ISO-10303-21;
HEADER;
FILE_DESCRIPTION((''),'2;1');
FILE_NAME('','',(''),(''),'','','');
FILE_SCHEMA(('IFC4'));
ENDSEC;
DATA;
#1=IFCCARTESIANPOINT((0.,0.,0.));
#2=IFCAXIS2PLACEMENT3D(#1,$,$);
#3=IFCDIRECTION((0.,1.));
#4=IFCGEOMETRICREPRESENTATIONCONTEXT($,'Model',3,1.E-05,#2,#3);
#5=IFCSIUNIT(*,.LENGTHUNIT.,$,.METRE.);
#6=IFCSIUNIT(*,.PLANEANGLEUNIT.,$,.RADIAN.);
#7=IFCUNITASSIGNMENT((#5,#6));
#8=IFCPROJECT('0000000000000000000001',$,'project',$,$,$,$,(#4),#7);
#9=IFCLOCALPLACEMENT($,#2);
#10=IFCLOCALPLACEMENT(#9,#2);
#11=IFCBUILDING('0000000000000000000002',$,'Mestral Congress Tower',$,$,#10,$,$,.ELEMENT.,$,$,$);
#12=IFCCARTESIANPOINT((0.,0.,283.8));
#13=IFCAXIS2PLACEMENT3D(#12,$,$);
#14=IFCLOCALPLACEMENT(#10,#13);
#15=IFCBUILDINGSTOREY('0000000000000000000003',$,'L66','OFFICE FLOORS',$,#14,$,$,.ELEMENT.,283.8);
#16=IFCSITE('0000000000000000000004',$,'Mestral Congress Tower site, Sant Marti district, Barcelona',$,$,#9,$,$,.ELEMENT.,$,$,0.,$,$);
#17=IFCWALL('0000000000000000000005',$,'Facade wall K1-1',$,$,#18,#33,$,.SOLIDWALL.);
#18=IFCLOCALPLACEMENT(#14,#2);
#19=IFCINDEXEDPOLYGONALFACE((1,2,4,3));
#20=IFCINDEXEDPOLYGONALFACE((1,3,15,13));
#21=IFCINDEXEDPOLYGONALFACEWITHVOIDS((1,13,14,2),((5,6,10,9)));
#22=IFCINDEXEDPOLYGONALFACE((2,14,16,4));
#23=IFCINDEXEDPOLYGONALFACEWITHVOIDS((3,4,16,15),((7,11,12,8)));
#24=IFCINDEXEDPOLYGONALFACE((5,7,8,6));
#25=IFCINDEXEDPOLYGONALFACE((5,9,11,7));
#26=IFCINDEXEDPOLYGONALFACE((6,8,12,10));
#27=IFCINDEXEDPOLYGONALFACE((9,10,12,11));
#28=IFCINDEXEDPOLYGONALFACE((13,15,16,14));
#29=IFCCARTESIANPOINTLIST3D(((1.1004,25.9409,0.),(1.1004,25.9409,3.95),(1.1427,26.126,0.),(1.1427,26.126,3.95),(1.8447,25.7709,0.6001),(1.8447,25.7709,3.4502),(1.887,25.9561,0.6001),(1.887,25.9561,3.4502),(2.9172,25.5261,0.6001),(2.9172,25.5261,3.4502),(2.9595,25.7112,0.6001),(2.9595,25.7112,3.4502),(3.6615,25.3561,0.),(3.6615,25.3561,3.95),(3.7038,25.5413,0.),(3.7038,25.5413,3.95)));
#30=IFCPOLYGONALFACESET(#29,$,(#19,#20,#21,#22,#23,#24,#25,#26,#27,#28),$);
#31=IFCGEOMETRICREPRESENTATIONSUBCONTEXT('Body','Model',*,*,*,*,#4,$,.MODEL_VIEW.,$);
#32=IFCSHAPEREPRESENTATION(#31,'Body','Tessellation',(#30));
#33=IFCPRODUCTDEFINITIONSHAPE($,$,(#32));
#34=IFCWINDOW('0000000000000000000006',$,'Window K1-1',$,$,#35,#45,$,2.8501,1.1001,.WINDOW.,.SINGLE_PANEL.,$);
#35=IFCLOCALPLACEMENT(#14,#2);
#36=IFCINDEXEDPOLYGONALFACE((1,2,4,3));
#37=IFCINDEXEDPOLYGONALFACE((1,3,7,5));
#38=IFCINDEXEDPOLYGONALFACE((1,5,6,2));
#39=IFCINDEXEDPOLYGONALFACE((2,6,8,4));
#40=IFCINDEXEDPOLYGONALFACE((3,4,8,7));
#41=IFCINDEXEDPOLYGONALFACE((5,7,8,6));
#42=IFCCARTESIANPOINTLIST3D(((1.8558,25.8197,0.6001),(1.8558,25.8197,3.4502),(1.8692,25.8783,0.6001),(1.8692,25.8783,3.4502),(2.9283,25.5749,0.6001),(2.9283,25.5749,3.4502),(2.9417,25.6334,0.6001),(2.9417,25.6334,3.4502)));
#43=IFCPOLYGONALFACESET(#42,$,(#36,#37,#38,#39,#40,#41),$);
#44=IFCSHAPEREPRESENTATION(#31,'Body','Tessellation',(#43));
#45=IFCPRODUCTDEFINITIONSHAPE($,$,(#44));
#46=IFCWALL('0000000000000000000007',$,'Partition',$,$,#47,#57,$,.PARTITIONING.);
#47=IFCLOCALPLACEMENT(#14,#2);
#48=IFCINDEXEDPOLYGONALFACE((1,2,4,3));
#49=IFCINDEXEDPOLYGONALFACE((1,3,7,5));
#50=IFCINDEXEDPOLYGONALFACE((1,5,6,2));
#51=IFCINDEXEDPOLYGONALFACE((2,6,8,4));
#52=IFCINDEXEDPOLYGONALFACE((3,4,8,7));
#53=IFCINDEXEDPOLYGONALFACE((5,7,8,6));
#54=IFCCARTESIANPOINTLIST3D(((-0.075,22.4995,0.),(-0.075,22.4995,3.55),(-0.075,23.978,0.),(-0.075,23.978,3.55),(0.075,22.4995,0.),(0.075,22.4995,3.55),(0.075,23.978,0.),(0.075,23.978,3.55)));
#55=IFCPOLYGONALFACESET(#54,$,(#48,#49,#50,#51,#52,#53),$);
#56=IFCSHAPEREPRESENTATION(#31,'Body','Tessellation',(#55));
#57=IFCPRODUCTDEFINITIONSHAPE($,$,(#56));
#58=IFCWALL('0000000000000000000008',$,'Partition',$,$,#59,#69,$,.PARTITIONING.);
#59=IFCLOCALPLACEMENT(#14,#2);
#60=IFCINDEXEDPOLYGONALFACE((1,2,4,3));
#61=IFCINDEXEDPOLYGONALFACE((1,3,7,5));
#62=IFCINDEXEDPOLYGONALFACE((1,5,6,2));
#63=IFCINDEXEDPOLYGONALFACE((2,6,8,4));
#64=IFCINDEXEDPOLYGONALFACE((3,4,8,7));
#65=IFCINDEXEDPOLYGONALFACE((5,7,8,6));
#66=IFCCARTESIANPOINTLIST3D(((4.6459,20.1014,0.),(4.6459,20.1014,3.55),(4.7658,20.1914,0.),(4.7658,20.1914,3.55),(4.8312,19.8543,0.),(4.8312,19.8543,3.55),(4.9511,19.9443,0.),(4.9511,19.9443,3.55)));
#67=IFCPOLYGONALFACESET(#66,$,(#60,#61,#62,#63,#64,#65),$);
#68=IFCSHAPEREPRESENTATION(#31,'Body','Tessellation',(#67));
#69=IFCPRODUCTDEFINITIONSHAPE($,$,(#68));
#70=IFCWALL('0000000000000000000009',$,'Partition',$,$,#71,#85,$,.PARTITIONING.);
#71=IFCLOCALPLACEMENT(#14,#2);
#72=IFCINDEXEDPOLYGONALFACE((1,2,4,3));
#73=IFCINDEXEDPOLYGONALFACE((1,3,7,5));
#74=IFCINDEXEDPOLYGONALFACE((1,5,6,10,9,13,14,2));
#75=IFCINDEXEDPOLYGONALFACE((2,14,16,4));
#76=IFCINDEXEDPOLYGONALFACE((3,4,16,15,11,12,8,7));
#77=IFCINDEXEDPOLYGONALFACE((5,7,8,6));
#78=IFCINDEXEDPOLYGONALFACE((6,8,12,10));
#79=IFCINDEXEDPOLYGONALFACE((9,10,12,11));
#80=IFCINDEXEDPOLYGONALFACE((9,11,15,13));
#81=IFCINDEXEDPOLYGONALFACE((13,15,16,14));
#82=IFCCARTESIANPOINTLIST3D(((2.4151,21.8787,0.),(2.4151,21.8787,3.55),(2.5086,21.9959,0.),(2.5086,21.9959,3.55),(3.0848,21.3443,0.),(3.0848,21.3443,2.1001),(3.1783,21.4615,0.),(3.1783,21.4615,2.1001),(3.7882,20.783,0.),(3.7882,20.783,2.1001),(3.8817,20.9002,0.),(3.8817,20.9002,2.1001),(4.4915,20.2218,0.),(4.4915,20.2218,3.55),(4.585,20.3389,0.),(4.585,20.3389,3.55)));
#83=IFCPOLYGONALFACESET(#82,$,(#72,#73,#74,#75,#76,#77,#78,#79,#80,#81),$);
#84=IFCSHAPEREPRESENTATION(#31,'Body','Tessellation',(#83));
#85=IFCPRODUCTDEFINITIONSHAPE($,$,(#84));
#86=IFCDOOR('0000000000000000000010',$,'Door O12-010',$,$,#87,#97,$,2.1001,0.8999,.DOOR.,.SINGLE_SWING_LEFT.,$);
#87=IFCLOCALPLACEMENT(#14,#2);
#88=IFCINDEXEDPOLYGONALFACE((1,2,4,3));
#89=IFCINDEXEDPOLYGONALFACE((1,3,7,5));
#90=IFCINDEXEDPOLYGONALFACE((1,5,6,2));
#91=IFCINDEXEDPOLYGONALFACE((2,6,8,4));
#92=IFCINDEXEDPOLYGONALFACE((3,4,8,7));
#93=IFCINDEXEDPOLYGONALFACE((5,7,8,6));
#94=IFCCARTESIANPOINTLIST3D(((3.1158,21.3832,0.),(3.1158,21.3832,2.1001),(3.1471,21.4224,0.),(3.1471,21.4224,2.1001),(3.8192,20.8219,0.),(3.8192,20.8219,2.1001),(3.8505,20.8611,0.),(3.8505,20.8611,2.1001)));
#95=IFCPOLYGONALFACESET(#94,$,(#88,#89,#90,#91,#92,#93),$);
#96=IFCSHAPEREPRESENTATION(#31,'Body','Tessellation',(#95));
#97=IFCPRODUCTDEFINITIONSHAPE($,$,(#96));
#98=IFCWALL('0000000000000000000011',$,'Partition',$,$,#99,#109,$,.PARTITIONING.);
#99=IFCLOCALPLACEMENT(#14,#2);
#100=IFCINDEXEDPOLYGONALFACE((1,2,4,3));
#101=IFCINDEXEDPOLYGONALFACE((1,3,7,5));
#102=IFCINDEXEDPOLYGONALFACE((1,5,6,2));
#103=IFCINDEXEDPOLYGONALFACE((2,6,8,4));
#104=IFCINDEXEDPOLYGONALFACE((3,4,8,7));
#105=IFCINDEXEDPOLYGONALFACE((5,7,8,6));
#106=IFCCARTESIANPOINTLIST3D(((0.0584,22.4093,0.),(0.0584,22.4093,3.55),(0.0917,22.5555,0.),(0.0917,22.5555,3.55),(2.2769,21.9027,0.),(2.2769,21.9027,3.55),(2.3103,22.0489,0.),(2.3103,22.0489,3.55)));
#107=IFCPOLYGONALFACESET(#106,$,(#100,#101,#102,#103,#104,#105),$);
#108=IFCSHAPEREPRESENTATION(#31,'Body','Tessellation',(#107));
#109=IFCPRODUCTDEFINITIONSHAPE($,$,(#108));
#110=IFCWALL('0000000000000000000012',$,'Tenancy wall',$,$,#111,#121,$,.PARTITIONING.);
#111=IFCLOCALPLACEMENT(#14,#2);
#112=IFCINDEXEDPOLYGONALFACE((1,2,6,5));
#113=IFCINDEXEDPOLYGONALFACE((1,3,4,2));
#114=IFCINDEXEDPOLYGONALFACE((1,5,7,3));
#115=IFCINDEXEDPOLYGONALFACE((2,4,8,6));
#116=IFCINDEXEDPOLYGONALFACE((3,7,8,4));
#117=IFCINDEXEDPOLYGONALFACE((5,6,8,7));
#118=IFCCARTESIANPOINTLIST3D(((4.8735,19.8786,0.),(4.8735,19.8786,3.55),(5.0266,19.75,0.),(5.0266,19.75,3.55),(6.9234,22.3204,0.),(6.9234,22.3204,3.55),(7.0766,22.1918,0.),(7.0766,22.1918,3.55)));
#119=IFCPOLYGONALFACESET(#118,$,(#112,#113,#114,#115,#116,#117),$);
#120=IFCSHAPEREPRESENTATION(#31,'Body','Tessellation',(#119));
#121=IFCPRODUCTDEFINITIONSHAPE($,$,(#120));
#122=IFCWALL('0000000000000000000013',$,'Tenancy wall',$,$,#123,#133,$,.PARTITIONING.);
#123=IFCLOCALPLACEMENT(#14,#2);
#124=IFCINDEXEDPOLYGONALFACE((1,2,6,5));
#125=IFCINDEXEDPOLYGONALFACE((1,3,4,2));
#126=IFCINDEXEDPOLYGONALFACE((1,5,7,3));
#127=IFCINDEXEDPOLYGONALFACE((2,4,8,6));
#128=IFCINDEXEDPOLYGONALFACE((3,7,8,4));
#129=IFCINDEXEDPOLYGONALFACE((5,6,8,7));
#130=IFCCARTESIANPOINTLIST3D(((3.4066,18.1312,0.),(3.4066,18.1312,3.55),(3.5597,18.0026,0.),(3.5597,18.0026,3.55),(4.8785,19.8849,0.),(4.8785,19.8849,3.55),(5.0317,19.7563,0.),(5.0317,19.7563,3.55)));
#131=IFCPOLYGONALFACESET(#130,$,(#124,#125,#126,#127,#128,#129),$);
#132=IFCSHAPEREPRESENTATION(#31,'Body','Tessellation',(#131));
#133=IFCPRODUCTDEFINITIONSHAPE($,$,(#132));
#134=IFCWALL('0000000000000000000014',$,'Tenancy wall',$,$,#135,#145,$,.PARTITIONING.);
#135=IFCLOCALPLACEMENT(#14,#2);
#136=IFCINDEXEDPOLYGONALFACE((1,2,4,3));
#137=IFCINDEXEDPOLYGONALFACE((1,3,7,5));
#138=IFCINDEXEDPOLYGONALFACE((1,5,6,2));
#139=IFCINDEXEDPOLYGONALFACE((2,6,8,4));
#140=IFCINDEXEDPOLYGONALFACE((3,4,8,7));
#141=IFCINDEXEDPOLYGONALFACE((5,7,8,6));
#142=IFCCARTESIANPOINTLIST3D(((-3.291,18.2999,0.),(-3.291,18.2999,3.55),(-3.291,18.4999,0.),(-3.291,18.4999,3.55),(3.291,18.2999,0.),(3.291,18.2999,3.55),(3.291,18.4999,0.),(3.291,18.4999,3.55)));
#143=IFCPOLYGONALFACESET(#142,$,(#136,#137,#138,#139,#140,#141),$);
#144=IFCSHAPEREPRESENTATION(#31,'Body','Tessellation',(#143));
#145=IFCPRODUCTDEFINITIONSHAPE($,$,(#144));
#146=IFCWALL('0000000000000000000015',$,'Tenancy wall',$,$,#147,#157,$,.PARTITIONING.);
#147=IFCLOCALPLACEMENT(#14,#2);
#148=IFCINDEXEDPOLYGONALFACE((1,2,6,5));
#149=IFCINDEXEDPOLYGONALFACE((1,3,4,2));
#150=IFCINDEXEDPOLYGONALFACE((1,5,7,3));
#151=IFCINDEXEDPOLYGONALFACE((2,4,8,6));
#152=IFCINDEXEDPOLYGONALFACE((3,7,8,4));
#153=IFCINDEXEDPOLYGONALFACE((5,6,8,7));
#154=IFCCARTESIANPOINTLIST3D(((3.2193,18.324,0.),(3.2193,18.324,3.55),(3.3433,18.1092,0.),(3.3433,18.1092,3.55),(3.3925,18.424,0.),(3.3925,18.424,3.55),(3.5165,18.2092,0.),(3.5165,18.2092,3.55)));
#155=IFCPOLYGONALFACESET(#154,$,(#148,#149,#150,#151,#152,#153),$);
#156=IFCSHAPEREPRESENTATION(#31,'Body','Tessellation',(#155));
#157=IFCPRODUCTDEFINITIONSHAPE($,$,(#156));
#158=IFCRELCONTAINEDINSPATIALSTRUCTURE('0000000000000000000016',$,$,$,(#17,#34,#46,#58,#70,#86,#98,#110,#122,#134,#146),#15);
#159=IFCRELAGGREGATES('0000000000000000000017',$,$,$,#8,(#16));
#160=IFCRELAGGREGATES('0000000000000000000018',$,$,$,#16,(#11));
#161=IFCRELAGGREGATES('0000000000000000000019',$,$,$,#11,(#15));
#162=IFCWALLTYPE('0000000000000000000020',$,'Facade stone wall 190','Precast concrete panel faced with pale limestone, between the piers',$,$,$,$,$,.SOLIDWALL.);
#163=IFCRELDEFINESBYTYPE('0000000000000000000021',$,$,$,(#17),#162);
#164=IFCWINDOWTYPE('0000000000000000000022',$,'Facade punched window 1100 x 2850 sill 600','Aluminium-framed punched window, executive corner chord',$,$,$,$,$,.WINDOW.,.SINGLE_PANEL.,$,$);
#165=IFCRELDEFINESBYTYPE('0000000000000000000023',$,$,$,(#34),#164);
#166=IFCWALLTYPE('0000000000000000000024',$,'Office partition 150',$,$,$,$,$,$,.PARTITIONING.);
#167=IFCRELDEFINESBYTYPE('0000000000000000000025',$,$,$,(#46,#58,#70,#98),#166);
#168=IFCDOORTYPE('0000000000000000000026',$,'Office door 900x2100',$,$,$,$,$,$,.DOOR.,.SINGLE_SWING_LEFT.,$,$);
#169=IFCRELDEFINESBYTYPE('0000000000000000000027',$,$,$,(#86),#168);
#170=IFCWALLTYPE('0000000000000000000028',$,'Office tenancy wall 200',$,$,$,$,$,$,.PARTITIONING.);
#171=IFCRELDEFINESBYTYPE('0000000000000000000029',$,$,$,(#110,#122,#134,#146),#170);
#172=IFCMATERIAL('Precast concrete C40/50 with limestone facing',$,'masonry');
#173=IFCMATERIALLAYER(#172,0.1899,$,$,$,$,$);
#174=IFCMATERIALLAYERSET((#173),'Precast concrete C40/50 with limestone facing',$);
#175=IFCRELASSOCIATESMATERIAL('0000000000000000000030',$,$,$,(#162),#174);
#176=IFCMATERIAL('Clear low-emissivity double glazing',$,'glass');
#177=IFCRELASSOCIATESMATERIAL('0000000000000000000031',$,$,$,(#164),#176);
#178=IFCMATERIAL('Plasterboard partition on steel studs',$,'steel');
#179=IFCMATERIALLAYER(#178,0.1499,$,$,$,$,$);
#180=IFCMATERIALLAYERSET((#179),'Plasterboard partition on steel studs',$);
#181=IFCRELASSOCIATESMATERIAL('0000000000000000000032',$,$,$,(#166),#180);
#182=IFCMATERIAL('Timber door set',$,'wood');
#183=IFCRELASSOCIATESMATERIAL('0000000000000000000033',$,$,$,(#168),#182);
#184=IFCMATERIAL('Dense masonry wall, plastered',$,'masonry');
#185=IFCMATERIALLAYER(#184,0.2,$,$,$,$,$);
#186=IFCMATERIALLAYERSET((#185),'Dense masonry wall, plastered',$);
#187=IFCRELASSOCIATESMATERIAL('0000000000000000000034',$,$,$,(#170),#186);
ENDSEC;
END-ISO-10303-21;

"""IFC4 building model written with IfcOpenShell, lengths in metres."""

from ifc_helpers import new_model, si_unit, direction, frame, frame_2d, origin, place, context, subcontext, project, spatial, rectangle, extrude, material, layer, layer_set, type_object, element, fill, save


model = new_model("IFC4")

# Units and contexts
model_context = context("Model", 3, precision=1e-05, world=origin(), true_north=direction((0.0, 1.0)))
body_context = subcontext(model_context, "Body", "Model", "MODEL_VIEW")
ifc_project = project(units=[si_unit("LENGTHUNIT", "METRE"), si_unit("PLANEANGLEUNIT", "RADIAN")], contexts=[model_context])

# Site, building, storey
site_placement = place(None, origin())
site = spatial("IfcSite", under=ifc_project, at=site_placement, Name="Mestral Congress Tower site, Sant Marti district, Barcelona", CompositionType="ELEMENT", RefElevation=0.0)
building_placement = place(site_placement, origin())
building = spatial("IfcBuilding", under=site, at=building_placement, Name="Mestral Congress Tower", CompositionType="ELEMENT")
storey_placement = place(building_placement, frame((0.0, 0.0, 283.8)))
storey = spatial("IfcBuildingStorey", under=building, at=storey_placement, Name="L66", Description="OFFICE FLOORS", CompositionType="ELEMENT", Elevation=283.8)

# Shared definitions
ifc_material_1 = material(Name="Precast concrete C40/50 with limestone facing", Category="masonry")
ifc_layer_1 = layer(ifc_material_1, 0.1899)
ifc_layer_set_1 = layer_set([ifc_layer_1], Name="Precast concrete C40/50 with limestone facing")
wall_type_1 = type_object("IfcWallType", Name="Facade stone wall 190", Description="Precast concrete panel faced with pale limestone, between the piers", PredefinedType="SOLIDWALL", material=ifc_layer_set_1)
ifc_material_2 = material(Name="Clear low-emissivity double glazing", Category="glass")

# Wall, opening, window
window_type_1 = type_object("IfcWindowType", Name="Facade punched window 1100 x 2850 sill 600", Description="Aluminium-framed punched window, executive corner chord", PartitioningType="SINGLE_PANEL", PredefinedType="WINDOW", material=ifc_material_2)
wall_1_placement = place(storey_placement, frame((3.6826, 25.4487, 0.0), z_axis=(0.0, 0.0, 1.0), x_axis=(-0.974913, 0.222585, 0.0)))
wall_1 = element("IfcWall", 1, at=wall_1_placement, inside=storey, type_object=wall_type_1, Name="Facade wall K1-1", PredefinedType="SOLIDWALL", context=body_context, shape_type="SweptSolid", body=[
    extrude(rectangle(XDim=2.627, YDim=0.1899, at=frame_2d((1.3135, 0.0))), origin(), (0.0, 0.0, 1.0), 3.95),
])
opening_1_placement = place(wall_1_placement, frame((0.7634, 0.0, 0.6001)))
opening_1 = element("IfcOpeningElement", 2, at=opening_1_placement, cuts=wall_1, PredefinedType="OPENING", context=body_context, shape_type="SweptSolid", body=[
    extrude(rectangle(XDim=1.1001, YDim=2.8501, at=frame_2d((0.55, 1.425))), frame((0.0, 0.105, 0.0), z_axis=(0.0, -1.0, 0.0), x_axis=(1.0, 0.0, 0.0)), (0.0, 0.0, 1.0), 0.21),
])
window_1_placement = place(opening_1_placement, origin())
window_1 = element("IfcWindow", 3, at=window_1_placement, inside=storey, type_object=window_type_1, Name="Window K1-1", OverallHeight=2.8501, OverallWidth=1.1001, PartitioningType="SINGLE_PANEL", PredefinedType="WINDOW", context=body_context, shape_type="SweptSolid", body=[
    extrude(rectangle(XDim=1.1001, YDim=2.8501, at=frame_2d((0.55, 1.425))), frame((0.0, 0.0449, 0.0), z_axis=(0.0, -1.0, 0.0), x_axis=(1.0, 0.0, 0.0)), (0.0, 0.0, 1.0), 0.0601),
])
fill(opening_1, window_1)

# Walls
ifc_material_3 = material(Name="Plasterboard partition on steel studs", Category="steel")
ifc_layer_2 = layer(ifc_material_3, 0.1499)
ifc_layer_set_2 = layer_set([ifc_layer_2], Name="Plasterboard partition on steel studs")
wall_type_2 = type_object("IfcWallType", Name="Office partition 150", PredefinedType="PARTITIONING", material=ifc_layer_set_2)
wall_2_placement = place(storey_placement, frame((0.0, 22.4995, 0.0), z_axis=(0.0, 0.0, 1.0), x_axis=(0.0, 1.0, 0.0)))
element("IfcWall", 4, at=wall_2_placement, inside=storey, type_object=wall_type_2, Name="Partition", PredefinedType="PARTITIONING", context=body_context, shape_type="SweptSolid", body=[
    extrude(rectangle(XDim=1.4785, YDim=0.1499, at=frame_2d((0.7393, 0.0))), origin(), (0.0, 0.0, 1.0), 3.55),
])
wall_3_placement = place(storey_placement, frame((4.8911, 19.8994, 0.0), z_axis=(0.0, 0.0, 1.0), x_axis=(-0.6, 0.8, 0.0)))
element("IfcWall", 5, at=wall_3_placement, inside=storey, type_object=wall_type_2, Name="Partition", PredefinedType="PARTITIONING", context=body_context, shape_type="SweptSolid", body=[
    extrude(rectangle(XDim=0.3088, YDim=0.1499, at=frame_2d((0.1543, 0.0))), origin(), (0.0, 0.0, 1.0), 3.55),
])

# Wall, opening, door
wall_4_placement = place(storey_placement, frame((2.4619, 21.9373, 0.0), z_axis=(0.0, 0.0, 1.0), x_axis=(0.78163, -0.623742, 0.0)))
wall_4 = element("IfcWall", 6, at=wall_4_placement, inside=storey, type_object=wall_type_2, Name="Partition", PredefinedType="PARTITIONING", context=body_context, shape_type="SweptSolid", body=[
    extrude(rectangle(XDim=2.6565, YDim=0.1499, at=frame_2d((1.3281, 0.0))), origin(), (0.0, 0.0, 1.0), 3.55),
])
opening_2_placement = place(wall_4_placement, frame((0.8567, 0.0, 0.0)))
opening_2 = element("IfcOpeningElement", 7, at=opening_2_placement, cuts=wall_4, PredefinedType="OPENING", context=body_context, shape_type="SweptSolid", body=[
    extrude(rectangle(XDim=0.8999, YDim=2.1001, at=frame_2d((0.45, 1.05))), frame((0.0, 0.085, 0.0), z_axis=(0.0, -1.0, 0.0), x_axis=(1.0, 0.0, 0.0)), (0.0, 0.0, 1.0), 0.1699),
])
ifc_material_4 = material(Name="Timber door set", Category="wood")
door_type = type_object("IfcDoorType", Name="Office door 900x2100", OperationType="SINGLE_SWING_LEFT", PredefinedType="DOOR", material=ifc_material_4)
door_placement = place(opening_2_placement, origin())
door = element("IfcDoor", 8, at=door_placement, inside=storey, type_object=door_type, Name="Door O12-010", OperationType="SINGLE_SWING_LEFT", OverallHeight=2.1001, OverallWidth=0.8999, PredefinedType="DOOR", context=body_context, shape_type="SweptSolid", body=[
    extrude(rectangle(XDim=0.8999, YDim=2.1001, at=frame_2d((0.45, 1.05))), frame((0.0, 0.0249, 0.0), z_axis=(0.0, -1.0, 0.0), x_axis=(1.0, 0.0, 0.0)), (0.0, 0.0, 1.0), 0.05),
])
fill(opening_2, door)

# Walls
wall_5_placement = place(storey_placement, frame((2.2935, 21.9758, 0.0), z_axis=(0.0, 0.0, 1.0), x_axis=(-0.974906, 0.222618, 0.0)))
element("IfcWall", 9, at=wall_5_placement, inside=storey, type_object=wall_type_2, Name="Partition", PredefinedType="PARTITIONING", context=body_context, shape_type="SweptSolid", body=[
    extrude(rectangle(XDim=2.2756, YDim=0.1499, at=frame_2d((1.1377, 0.0))), origin(), (0.0, 0.0, 1.0), 3.55),
])
ifc_material_5 = material(Name="Dense masonry wall, plastered", Category="masonry")
ifc_layer_3 = layer(ifc_material_5, 0.2)
ifc_layer_set_3 = layer_set([ifc_layer_3], Name="Dense masonry wall, plastered")
wall_type_3 = type_object("IfcWallType", Name="Office tenancy wall 200", PredefinedType="PARTITIONING", material=ifc_layer_set_3)
wall_6_placement = place(storey_placement, frame((4.95, 19.8142, 0.0), z_axis=(0.0, 0.0, 1.0), x_axis=(0.642982, 0.765881, 0.0)))
element("IfcWall", 10, at=wall_6_placement, inside=storey, type_object=wall_type_3, Name="Tenancy wall", PredefinedType="PARTITIONING", context=body_context, shape_type="SweptSolid", body=[
    extrude(rectangle(XDim=3.1882, YDim=0.2, at=frame_2d((1.5942, 0.0))), origin(), (0.0, 0.0, 1.0), 3.55),
])
wall_7_placement = place(storey_placement, frame((3.4832, 18.0669, 0.0), z_axis=(0.0, 0.0, 1.0), x_axis=(0.642897, 0.765953, 0.0)))
element("IfcWall", 11, at=wall_7_placement, inside=storey, type_object=wall_type_3, Name="Tenancy wall", PredefinedType="PARTITIONING", context=body_context, shape_type="SweptSolid", body=[
    extrude(rectangle(XDim=2.2896, YDim=0.2, at=frame_2d((1.1448, 0.0))), origin(), (0.0, 0.0, 1.0), 3.55),
])
wall_8_placement = place(storey_placement, frame((3.291, 18.3999, 0.0), z_axis=(0.0, 0.0, 1.0), x_axis=(-1.0, 0.0, 0.0)))
element("IfcWall", 12, at=wall_8_placement, inside=storey, type_object=wall_type_3, Name="Tenancy wall", PredefinedType="PARTITIONING", context=body_context, shape_type="SweptSolid", body=[
    extrude(rectangle(XDim=6.582, YDim=0.2, at=frame_2d((3.291, 0.0))), origin(), (0.0, 0.0, 1.0), 3.55),
])
wall_9_placement = place(storey_placement, frame((3.4299, 18.1592, 0.0), z_axis=(0.0, 0.0, 1.0), x_axis=(-0.49995, 0.866054, 0.0)))
element("IfcWall", 13, at=wall_9_placement, inside=storey, type_object=wall_type_3, Name="Tenancy wall", PredefinedType="PARTITIONING", context=body_context, shape_type="SweptSolid", body=[
    extrude(rectangle(XDim=0.248, YDim=0.2, at=frame_2d((0.124, 0.0))), origin(), (0.0, 0.0, 1.0), 3.55),
])

save(model, "model.ifc")
